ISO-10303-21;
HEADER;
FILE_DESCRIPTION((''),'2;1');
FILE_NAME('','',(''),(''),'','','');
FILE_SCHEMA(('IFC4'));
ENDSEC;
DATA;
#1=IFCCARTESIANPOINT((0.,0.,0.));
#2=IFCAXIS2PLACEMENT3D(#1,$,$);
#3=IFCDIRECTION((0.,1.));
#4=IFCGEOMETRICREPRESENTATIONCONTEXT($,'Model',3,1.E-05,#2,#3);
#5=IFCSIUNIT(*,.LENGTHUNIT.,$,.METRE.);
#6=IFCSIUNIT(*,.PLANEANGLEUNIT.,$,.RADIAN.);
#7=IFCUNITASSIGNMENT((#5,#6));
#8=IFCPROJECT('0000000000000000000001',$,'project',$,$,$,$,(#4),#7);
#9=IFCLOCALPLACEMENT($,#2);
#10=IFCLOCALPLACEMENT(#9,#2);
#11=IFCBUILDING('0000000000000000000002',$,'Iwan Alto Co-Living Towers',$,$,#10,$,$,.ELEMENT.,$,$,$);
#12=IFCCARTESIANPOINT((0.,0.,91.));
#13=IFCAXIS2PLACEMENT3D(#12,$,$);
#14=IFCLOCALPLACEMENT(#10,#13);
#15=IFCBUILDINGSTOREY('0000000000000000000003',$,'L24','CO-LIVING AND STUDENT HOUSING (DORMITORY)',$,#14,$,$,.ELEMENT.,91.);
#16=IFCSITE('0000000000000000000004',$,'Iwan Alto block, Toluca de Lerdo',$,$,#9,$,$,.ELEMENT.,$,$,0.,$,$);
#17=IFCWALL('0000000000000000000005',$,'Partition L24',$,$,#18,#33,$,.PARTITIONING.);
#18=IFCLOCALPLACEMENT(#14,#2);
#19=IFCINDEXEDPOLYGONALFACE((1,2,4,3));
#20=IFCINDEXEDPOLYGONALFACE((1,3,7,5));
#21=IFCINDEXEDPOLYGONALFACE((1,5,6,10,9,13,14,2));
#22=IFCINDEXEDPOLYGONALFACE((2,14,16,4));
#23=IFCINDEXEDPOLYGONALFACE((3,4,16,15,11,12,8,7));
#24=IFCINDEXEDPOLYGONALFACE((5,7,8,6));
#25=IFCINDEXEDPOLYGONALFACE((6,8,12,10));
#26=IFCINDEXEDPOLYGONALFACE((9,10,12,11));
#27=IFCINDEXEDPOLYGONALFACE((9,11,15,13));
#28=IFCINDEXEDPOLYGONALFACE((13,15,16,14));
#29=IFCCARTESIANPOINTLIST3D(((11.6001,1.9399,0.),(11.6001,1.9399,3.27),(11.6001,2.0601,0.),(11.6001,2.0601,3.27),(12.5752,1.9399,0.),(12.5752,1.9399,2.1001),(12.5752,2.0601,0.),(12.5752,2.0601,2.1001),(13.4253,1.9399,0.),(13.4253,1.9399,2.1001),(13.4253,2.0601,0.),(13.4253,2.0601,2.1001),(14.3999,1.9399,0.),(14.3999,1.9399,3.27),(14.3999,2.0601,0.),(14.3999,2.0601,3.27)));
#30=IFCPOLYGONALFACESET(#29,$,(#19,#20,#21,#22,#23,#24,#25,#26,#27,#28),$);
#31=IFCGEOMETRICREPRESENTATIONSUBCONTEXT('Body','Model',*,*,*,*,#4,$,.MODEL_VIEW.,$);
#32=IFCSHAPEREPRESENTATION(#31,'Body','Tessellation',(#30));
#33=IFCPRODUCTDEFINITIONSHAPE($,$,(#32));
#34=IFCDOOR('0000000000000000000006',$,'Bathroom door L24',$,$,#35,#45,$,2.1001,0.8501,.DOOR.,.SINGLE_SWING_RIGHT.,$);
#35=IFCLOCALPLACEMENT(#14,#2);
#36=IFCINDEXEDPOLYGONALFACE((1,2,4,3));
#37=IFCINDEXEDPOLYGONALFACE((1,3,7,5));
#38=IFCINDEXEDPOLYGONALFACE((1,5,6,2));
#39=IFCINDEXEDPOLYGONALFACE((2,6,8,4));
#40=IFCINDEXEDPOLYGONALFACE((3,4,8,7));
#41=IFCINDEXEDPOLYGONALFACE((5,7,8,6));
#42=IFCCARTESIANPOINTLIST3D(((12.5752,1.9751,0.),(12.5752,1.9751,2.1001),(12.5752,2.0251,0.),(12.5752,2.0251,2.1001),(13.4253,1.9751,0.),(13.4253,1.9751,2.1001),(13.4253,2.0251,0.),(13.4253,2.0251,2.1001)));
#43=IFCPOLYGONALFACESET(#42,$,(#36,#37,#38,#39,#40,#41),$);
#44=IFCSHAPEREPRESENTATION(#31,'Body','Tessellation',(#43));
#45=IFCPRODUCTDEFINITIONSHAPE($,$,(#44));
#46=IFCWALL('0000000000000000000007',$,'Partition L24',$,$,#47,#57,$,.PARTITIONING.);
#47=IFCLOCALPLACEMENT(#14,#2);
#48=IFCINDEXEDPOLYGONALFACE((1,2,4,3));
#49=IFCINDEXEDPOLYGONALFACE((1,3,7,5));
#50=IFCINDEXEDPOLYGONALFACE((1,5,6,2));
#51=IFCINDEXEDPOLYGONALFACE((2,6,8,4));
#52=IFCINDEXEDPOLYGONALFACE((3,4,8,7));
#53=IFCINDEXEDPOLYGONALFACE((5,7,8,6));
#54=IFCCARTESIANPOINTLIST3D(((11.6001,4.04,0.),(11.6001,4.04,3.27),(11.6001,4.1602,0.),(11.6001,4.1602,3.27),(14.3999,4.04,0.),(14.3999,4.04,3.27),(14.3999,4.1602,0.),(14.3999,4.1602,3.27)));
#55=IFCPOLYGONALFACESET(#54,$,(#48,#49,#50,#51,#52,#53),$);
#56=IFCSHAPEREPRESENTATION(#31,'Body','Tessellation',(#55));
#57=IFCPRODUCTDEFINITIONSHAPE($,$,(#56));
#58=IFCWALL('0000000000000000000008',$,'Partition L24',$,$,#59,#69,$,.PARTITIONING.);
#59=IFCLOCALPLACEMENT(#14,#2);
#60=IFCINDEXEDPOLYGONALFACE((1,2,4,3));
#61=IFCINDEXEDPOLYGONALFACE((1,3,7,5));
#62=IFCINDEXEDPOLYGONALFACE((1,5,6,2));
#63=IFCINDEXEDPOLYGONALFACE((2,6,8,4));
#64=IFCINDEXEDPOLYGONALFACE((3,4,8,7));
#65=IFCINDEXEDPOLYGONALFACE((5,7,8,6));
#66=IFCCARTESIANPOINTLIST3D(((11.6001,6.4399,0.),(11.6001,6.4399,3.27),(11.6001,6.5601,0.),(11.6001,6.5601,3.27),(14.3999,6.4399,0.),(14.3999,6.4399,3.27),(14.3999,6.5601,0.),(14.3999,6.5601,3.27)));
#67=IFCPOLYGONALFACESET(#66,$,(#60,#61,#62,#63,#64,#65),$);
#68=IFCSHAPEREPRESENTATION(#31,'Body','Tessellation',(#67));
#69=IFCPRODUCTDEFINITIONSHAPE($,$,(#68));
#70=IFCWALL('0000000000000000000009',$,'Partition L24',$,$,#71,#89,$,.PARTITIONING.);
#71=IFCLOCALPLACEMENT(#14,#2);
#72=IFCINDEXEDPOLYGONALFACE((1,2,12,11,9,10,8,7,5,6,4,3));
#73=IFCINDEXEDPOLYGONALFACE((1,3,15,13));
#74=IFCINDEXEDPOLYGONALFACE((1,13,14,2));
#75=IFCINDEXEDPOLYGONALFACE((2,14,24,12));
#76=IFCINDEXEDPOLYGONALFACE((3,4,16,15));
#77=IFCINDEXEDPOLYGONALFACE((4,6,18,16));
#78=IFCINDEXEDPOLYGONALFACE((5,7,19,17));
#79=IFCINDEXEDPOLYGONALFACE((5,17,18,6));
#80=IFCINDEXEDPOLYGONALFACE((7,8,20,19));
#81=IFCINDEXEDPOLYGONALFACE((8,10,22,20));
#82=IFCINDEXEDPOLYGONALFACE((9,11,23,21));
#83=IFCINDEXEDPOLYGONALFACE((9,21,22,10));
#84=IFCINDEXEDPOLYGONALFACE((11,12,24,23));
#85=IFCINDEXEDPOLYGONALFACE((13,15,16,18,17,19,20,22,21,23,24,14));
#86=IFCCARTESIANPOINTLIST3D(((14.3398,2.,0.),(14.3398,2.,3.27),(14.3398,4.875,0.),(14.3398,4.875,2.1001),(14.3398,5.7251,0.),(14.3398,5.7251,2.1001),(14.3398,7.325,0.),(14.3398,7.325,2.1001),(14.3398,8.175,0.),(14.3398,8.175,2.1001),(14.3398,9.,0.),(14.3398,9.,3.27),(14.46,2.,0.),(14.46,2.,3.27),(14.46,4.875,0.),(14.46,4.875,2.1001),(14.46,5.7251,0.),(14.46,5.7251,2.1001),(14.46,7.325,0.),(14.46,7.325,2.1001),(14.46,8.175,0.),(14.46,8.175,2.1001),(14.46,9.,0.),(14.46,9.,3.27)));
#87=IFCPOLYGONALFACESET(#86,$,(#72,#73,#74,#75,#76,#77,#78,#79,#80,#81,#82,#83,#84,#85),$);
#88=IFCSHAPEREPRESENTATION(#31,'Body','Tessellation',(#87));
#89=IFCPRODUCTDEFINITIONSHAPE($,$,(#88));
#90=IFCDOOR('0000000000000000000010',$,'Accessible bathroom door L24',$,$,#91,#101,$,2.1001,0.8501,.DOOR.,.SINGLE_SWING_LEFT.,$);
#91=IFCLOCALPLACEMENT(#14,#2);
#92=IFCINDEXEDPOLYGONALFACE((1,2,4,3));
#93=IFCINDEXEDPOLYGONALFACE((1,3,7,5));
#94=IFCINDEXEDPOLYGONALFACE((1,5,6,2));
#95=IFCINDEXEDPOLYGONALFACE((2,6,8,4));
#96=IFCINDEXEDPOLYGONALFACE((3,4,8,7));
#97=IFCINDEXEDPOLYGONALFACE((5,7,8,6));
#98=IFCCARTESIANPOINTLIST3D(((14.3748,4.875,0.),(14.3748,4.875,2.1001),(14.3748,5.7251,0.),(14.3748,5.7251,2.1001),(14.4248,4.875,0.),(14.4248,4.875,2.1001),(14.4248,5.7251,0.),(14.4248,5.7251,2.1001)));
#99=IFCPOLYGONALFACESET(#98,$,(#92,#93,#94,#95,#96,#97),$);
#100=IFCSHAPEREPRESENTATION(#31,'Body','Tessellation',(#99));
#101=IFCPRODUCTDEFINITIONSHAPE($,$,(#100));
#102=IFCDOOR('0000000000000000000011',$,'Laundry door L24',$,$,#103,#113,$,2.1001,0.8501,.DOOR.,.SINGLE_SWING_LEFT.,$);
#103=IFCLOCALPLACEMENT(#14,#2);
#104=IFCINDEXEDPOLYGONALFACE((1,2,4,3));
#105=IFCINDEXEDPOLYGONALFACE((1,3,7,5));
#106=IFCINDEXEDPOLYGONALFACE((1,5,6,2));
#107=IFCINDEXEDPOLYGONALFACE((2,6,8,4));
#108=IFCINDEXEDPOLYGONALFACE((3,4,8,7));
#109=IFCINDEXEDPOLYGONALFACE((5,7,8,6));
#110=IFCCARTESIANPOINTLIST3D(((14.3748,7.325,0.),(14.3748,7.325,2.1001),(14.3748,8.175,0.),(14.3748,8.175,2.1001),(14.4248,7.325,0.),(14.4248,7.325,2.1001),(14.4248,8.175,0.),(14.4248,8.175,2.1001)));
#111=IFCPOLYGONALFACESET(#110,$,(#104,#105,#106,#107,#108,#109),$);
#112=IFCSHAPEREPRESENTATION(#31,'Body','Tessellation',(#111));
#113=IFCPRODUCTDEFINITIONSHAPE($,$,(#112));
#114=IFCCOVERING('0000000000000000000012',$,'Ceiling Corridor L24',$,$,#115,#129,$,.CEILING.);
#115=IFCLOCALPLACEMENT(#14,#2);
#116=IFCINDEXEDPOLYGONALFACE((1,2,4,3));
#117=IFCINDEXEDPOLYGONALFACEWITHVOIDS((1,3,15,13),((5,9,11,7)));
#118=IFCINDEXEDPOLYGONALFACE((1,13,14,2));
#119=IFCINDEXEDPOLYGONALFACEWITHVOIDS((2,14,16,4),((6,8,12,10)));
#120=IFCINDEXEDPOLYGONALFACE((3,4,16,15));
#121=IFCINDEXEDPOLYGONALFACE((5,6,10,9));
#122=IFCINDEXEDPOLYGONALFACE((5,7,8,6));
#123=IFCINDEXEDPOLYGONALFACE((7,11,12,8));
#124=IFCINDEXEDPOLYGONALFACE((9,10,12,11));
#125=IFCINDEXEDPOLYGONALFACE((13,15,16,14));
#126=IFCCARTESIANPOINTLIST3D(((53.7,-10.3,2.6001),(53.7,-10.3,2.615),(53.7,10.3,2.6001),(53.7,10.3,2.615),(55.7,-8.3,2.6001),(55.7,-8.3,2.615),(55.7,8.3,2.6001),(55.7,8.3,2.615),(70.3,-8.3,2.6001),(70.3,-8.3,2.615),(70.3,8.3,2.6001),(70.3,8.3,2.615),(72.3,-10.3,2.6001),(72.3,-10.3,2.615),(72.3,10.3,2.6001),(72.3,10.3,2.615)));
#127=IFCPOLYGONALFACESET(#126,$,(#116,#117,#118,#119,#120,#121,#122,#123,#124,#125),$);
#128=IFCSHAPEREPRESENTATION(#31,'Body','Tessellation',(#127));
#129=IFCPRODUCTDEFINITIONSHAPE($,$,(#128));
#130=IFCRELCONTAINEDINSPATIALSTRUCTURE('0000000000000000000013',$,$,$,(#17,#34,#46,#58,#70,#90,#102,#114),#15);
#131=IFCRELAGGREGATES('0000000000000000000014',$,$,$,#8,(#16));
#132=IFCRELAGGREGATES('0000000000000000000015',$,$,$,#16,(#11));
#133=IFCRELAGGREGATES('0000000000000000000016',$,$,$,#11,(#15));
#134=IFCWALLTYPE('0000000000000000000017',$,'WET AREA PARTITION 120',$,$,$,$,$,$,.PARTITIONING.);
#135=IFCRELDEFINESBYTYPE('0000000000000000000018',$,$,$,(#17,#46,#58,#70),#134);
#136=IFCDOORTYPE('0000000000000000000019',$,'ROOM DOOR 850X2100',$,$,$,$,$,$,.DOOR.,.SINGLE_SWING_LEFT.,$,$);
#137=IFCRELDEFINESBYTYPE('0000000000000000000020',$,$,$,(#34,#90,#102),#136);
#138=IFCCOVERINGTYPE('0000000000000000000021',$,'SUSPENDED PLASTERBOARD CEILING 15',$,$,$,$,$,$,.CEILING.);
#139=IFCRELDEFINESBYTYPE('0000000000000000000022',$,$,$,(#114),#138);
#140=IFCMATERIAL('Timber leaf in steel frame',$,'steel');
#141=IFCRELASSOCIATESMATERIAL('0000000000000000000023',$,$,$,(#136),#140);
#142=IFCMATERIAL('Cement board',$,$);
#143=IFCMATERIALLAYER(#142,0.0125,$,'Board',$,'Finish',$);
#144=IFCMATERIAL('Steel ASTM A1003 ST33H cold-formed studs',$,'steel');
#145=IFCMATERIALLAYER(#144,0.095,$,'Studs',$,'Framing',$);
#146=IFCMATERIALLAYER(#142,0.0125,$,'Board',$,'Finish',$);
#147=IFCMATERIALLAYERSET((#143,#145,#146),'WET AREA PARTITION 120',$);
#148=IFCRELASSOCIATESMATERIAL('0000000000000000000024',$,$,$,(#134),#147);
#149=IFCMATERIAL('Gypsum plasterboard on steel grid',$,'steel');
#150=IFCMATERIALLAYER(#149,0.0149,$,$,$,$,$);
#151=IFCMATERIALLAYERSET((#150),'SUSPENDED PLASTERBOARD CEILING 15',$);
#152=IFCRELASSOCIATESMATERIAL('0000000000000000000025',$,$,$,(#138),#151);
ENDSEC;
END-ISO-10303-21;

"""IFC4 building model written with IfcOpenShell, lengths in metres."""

from ifc_helpers import new_model, si_unit, direction, frame, frame_2d, origin, place, context, subcontext, project, spatial, polyline, rectangle, outline, extrude, material, layer, layer_set, type_object, element, fill, save


model = new_model("IFC4")

# Units and contexts
model_context = context("Model", 3, precision=1e-05, world=origin(), true_north=direction((0.0, 1.0)))
body_context = subcontext(model_context, "Body", "Model", "MODEL_VIEW")
ifc_project = project(units=[si_unit("LENGTHUNIT", "METRE"), si_unit("PLANEANGLEUNIT", "RADIAN")], contexts=[model_context])

# Site, building, storey
site_placement = place(None, origin())
site = spatial("IfcSite", under=ifc_project, at=site_placement, Name="Iwan Alto block, Toluca de Lerdo", CompositionType="ELEMENT", RefElevation=0.0)
building_placement = place(site_placement, origin())
building = spatial("IfcBuilding", under=site, at=building_placement, Name="Iwan Alto Co-Living Towers", CompositionType="ELEMENT")
storey_placement = place(building_placement, frame((0.0, 0.0, 91.0)))
storey = spatial("IfcBuildingStorey", under=building, at=storey_placement, Name="L24", Description="CO-LIVING AND STUDENT HOUSING (DORMITORY)", CompositionType="ELEMENT", Elevation=91.0)

# Shared definitions
ifc_material_1 = material(Name="Steel ASTM A1003 ST33H cold-formed studs", Category="steel")

# Shared definitions
ifc_material_2 = material(Name="Timber leaf in steel frame", Category="steel")
door_type_1 = type_object("IfcDoorType", Name="ROOM DOOR 850X2100", OperationType="SINGLE_SWING_LEFT", PredefinedType="DOOR", material=ifc_material_2)

# Wall, opening, door
ifc_material_3 = material(Name="Cement board")
ifc_layer_1 = layer(ifc_material_3, 0.0125, Name="Board", Category="Finish")
ifc_layer_2 = layer(ifc_material_1, 0.095, Name="Studs", Category="Framing")
ifc_layer_3 = layer(ifc_material_3, 0.0125, Name="Board", Category="Finish")
ifc_layer_set_1 = layer_set([ifc_layer_1, ifc_layer_2, ifc_layer_3], Name="WET AREA PARTITION 120")
wall_type_1 = type_object("IfcWallType", Name="WET AREA PARTITION 120", PredefinedType="PARTITIONING", material=ifc_layer_set_1)
wall_1_placement = place(storey_placement, frame((11.6001, 2.0, 0.0), z_axis=(0.0, 0.0, 1.0), x_axis=(1.0, 0.0, 0.0)))
wall_1 = element("IfcWall", 1, at=wall_1_placement, inside=storey, type_object=wall_type_1, Name="Partition L24", PredefinedType="PARTITIONING", context=body_context, shape_type="SweptSolid", body=[
    extrude(rectangle(XDim=2.7998, YDim=0.1201, at=frame_2d((1.3999, 0.0))), origin(), (0.0, 0.0, 1.0), 3.27),
])
opening_1_placement = place(wall_1_placement, frame((0.9751, 0.0, 0.0)))
opening_1 = element("IfcOpeningElement", 2, at=opening_1_placement, cuts=wall_1, PredefinedType="OPENING", context=body_context, shape_type="SweptSolid", body=[
    extrude(rectangle(XDim=0.8501, YDim=2.1001, at=frame_2d((0.425, 1.05))), frame((0.0, 0.0701, 0.0), z_axis=(0.0, -1.0, 0.0), x_axis=(1.0, 0.0, 0.0)), (0.0, 0.0, 1.0), 0.1401),
])
door_1_placement = place(opening_1_placement, frame((0.8501, 0.0, 0.0), z_axis=(0.0, 0.0, 1.0), x_axis=(-1.0, 0.0, 0.0)))
door_1 = element("IfcDoor", 3, at=door_1_placement, inside=storey, type_object=door_type_1, Name="Bathroom door L24", OperationType="SINGLE_SWING_RIGHT", OverallHeight=2.1001, OverallWidth=0.8501, PredefinedType="DOOR", context=body_context, shape_type="SweptSolid", body=[
    extrude(rectangle(XDim=0.8501, YDim=2.1001, at=frame_2d((0.425, 1.05))), frame((0.0, 0.0249, 0.0), z_axis=(0.0, -1.0, 0.0), x_axis=(1.0, 0.0, 0.0)), (0.0, 0.0, 1.0), 0.05),
])
fill(opening_1, door_1)

# Walls
for number, where, z_axis, x_axis, name in (
    (4, (11.6001, 4.1001, 0.0), (0.0, 0.0, 1.0), (1.0, 0.0, 0.0), "Partition L24"),
    (5, (11.6001, 6.5, 0.0), (0.0, 0.0, 1.0), (1.0, 0.0, 0.0), "Partition L24"),
):
    element("IfcWall", number, at=place(storey_placement, frame(where, z_axis=z_axis, x_axis=x_axis)), inside=storey, type_object=wall_type_1, Name=name, PredefinedType="PARTITIONING", context=body_context, shape_type="SweptSolid", body=[
        extrude(rectangle(XDim=2.7998, YDim=0.1201, at=frame_2d((1.3999, 0.0))), origin(), (0.0, 0.0, 1.0), 3.27),
    ])

# Wall, openings, doors
wall_2_placement = place(storey_placement, frame((14.3999, 2.0, 0.0), z_axis=(0.0, 0.0, 1.0), x_axis=(0.0, 1.0, 0.0)))
wall_2 = element("IfcWall", 6, at=wall_2_placement, inside=storey, type_object=wall_type_1, Name="Partition L24", PredefinedType="PARTITIONING", context=body_context, shape_type="SweptSolid", body=[
    extrude(rectangle(XDim=7.0, YDim=0.1201, at=frame_2d((3.5, 0.0))), origin(), (0.0, 0.0, 1.0), 3.27),
])
opening_2_placement = place(wall_2_placement, frame((2.875, 0.0, 0.0)))
opening_2 = element("IfcOpeningElement", 7, at=opening_2_placement, cuts=wall_2, PredefinedType="OPENING", context=body_context, shape_type="SweptSolid", body=[
    extrude(rectangle(XDim=0.8501, YDim=2.1001, at=frame_2d((0.425, 1.05))), frame((0.0, 0.0701, 0.0), z_axis=(0.0, -1.0, 0.0), x_axis=(1.0, 0.0, 0.0)), (0.0, 0.0, 1.0), 0.1401),
])
opening_3_placement = place(wall_2_placement, frame((5.325, 0.0, 0.0)))
opening_3 = element("IfcOpeningElement", 8, at=opening_3_placement, cuts=wall_2, PredefinedType="OPENING", context=body_context, shape_type="SweptSolid", body=[
    extrude(rectangle(XDim=0.8501, YDim=2.1001, at=frame_2d((0.425, 1.05))), frame((0.0, 0.0701, 0.0), z_axis=(0.0, -1.0, 0.0), x_axis=(1.0, 0.0, 0.0)), (0.0, 0.0, 1.0), 0.1401),
])
door_2_placement = place(opening_2_placement, frame((0.8501, 0.0, 0.0), z_axis=(0.0, 0.0, 1.0), x_axis=(-1.0, 0.0, 0.0)))
door_2 = element("IfcDoor", 9, at=door_2_placement, inside=storey, type_object=door_type_1, Name="Accessible bathroom door L24", OperationType="SINGLE_SWING_LEFT", OverallHeight=2.1001, OverallWidth=0.8501, PredefinedType="DOOR", context=body_context, shape_type="SweptSolid", body=[
    extrude(rectangle(XDim=0.8501, YDim=2.1001, at=frame_2d((0.425, 1.05))), frame((0.0, 0.0249, 0.0), z_axis=(0.0, -1.0, 0.0), x_axis=(1.0, 0.0, 0.0)), (0.0, 0.0, 1.0), 0.05),
])
fill(opening_2, door_2)
door_3_placement = place(opening_3_placement, frame((0.8501, 0.0, 0.0), z_axis=(0.0, 0.0, 1.0), x_axis=(-1.0, 0.0, 0.0)))
door_3 = element("IfcDoor", 10, at=door_3_placement, inside=storey, type_object=door_type_1, Name="Laundry door L24", OperationType="SINGLE_SWING_LEFT", OverallHeight=2.1001, OverallWidth=0.8501, PredefinedType="DOOR", context=body_context, shape_type="SweptSolid", body=[
    extrude(rectangle(XDim=0.8501, YDim=2.1001, at=frame_2d((0.425, 1.05))), frame((0.0, 0.0249, 0.0), z_axis=(0.0, -1.0, 0.0), x_axis=(1.0, 0.0, 0.0)), (0.0, 0.0, 1.0), 0.05),
])
fill(opening_3, door_3)

# Covering
ifc_material_4 = material(Name="Gypsum plasterboard on steel grid", Category="steel")
ifc_layer_4 = layer(ifc_material_4, 0.0149)
ifc_layer_set_2 = layer_set([ifc_layer_4], Name="SUSPENDED PLASTERBOARD CEILING 15")
covering_type = type_object("IfcCoveringType", Name="SUSPENDED PLASTERBOARD CEILING 15", PredefinedType="CEILING", material=ifc_layer_set_2)
covering_placement = place(storey_placement, frame((0.0, 0.0, 2.6001)))
element("IfcCovering", 11, at=covering_placement, inside=storey, type_object=covering_type, Name="Ceiling Corridor L24", PredefinedType="CEILING", context=body_context, shape_type="SweptSolid", body=[
    extrude(outline(polyline([(53.7, 10.3), (72.3, 10.3), (72.3, -10.3), (53.7, -10.3), (53.7, 10.3)]), holes=[polyline([(55.7, 8.3), (55.7, -8.3), (70.3, -8.3), (70.3, 8.3), (55.7, 8.3)])]), origin(), (0.0, 0.0, 1.0), 0.0149),
])

save(model, "model.ifc")
